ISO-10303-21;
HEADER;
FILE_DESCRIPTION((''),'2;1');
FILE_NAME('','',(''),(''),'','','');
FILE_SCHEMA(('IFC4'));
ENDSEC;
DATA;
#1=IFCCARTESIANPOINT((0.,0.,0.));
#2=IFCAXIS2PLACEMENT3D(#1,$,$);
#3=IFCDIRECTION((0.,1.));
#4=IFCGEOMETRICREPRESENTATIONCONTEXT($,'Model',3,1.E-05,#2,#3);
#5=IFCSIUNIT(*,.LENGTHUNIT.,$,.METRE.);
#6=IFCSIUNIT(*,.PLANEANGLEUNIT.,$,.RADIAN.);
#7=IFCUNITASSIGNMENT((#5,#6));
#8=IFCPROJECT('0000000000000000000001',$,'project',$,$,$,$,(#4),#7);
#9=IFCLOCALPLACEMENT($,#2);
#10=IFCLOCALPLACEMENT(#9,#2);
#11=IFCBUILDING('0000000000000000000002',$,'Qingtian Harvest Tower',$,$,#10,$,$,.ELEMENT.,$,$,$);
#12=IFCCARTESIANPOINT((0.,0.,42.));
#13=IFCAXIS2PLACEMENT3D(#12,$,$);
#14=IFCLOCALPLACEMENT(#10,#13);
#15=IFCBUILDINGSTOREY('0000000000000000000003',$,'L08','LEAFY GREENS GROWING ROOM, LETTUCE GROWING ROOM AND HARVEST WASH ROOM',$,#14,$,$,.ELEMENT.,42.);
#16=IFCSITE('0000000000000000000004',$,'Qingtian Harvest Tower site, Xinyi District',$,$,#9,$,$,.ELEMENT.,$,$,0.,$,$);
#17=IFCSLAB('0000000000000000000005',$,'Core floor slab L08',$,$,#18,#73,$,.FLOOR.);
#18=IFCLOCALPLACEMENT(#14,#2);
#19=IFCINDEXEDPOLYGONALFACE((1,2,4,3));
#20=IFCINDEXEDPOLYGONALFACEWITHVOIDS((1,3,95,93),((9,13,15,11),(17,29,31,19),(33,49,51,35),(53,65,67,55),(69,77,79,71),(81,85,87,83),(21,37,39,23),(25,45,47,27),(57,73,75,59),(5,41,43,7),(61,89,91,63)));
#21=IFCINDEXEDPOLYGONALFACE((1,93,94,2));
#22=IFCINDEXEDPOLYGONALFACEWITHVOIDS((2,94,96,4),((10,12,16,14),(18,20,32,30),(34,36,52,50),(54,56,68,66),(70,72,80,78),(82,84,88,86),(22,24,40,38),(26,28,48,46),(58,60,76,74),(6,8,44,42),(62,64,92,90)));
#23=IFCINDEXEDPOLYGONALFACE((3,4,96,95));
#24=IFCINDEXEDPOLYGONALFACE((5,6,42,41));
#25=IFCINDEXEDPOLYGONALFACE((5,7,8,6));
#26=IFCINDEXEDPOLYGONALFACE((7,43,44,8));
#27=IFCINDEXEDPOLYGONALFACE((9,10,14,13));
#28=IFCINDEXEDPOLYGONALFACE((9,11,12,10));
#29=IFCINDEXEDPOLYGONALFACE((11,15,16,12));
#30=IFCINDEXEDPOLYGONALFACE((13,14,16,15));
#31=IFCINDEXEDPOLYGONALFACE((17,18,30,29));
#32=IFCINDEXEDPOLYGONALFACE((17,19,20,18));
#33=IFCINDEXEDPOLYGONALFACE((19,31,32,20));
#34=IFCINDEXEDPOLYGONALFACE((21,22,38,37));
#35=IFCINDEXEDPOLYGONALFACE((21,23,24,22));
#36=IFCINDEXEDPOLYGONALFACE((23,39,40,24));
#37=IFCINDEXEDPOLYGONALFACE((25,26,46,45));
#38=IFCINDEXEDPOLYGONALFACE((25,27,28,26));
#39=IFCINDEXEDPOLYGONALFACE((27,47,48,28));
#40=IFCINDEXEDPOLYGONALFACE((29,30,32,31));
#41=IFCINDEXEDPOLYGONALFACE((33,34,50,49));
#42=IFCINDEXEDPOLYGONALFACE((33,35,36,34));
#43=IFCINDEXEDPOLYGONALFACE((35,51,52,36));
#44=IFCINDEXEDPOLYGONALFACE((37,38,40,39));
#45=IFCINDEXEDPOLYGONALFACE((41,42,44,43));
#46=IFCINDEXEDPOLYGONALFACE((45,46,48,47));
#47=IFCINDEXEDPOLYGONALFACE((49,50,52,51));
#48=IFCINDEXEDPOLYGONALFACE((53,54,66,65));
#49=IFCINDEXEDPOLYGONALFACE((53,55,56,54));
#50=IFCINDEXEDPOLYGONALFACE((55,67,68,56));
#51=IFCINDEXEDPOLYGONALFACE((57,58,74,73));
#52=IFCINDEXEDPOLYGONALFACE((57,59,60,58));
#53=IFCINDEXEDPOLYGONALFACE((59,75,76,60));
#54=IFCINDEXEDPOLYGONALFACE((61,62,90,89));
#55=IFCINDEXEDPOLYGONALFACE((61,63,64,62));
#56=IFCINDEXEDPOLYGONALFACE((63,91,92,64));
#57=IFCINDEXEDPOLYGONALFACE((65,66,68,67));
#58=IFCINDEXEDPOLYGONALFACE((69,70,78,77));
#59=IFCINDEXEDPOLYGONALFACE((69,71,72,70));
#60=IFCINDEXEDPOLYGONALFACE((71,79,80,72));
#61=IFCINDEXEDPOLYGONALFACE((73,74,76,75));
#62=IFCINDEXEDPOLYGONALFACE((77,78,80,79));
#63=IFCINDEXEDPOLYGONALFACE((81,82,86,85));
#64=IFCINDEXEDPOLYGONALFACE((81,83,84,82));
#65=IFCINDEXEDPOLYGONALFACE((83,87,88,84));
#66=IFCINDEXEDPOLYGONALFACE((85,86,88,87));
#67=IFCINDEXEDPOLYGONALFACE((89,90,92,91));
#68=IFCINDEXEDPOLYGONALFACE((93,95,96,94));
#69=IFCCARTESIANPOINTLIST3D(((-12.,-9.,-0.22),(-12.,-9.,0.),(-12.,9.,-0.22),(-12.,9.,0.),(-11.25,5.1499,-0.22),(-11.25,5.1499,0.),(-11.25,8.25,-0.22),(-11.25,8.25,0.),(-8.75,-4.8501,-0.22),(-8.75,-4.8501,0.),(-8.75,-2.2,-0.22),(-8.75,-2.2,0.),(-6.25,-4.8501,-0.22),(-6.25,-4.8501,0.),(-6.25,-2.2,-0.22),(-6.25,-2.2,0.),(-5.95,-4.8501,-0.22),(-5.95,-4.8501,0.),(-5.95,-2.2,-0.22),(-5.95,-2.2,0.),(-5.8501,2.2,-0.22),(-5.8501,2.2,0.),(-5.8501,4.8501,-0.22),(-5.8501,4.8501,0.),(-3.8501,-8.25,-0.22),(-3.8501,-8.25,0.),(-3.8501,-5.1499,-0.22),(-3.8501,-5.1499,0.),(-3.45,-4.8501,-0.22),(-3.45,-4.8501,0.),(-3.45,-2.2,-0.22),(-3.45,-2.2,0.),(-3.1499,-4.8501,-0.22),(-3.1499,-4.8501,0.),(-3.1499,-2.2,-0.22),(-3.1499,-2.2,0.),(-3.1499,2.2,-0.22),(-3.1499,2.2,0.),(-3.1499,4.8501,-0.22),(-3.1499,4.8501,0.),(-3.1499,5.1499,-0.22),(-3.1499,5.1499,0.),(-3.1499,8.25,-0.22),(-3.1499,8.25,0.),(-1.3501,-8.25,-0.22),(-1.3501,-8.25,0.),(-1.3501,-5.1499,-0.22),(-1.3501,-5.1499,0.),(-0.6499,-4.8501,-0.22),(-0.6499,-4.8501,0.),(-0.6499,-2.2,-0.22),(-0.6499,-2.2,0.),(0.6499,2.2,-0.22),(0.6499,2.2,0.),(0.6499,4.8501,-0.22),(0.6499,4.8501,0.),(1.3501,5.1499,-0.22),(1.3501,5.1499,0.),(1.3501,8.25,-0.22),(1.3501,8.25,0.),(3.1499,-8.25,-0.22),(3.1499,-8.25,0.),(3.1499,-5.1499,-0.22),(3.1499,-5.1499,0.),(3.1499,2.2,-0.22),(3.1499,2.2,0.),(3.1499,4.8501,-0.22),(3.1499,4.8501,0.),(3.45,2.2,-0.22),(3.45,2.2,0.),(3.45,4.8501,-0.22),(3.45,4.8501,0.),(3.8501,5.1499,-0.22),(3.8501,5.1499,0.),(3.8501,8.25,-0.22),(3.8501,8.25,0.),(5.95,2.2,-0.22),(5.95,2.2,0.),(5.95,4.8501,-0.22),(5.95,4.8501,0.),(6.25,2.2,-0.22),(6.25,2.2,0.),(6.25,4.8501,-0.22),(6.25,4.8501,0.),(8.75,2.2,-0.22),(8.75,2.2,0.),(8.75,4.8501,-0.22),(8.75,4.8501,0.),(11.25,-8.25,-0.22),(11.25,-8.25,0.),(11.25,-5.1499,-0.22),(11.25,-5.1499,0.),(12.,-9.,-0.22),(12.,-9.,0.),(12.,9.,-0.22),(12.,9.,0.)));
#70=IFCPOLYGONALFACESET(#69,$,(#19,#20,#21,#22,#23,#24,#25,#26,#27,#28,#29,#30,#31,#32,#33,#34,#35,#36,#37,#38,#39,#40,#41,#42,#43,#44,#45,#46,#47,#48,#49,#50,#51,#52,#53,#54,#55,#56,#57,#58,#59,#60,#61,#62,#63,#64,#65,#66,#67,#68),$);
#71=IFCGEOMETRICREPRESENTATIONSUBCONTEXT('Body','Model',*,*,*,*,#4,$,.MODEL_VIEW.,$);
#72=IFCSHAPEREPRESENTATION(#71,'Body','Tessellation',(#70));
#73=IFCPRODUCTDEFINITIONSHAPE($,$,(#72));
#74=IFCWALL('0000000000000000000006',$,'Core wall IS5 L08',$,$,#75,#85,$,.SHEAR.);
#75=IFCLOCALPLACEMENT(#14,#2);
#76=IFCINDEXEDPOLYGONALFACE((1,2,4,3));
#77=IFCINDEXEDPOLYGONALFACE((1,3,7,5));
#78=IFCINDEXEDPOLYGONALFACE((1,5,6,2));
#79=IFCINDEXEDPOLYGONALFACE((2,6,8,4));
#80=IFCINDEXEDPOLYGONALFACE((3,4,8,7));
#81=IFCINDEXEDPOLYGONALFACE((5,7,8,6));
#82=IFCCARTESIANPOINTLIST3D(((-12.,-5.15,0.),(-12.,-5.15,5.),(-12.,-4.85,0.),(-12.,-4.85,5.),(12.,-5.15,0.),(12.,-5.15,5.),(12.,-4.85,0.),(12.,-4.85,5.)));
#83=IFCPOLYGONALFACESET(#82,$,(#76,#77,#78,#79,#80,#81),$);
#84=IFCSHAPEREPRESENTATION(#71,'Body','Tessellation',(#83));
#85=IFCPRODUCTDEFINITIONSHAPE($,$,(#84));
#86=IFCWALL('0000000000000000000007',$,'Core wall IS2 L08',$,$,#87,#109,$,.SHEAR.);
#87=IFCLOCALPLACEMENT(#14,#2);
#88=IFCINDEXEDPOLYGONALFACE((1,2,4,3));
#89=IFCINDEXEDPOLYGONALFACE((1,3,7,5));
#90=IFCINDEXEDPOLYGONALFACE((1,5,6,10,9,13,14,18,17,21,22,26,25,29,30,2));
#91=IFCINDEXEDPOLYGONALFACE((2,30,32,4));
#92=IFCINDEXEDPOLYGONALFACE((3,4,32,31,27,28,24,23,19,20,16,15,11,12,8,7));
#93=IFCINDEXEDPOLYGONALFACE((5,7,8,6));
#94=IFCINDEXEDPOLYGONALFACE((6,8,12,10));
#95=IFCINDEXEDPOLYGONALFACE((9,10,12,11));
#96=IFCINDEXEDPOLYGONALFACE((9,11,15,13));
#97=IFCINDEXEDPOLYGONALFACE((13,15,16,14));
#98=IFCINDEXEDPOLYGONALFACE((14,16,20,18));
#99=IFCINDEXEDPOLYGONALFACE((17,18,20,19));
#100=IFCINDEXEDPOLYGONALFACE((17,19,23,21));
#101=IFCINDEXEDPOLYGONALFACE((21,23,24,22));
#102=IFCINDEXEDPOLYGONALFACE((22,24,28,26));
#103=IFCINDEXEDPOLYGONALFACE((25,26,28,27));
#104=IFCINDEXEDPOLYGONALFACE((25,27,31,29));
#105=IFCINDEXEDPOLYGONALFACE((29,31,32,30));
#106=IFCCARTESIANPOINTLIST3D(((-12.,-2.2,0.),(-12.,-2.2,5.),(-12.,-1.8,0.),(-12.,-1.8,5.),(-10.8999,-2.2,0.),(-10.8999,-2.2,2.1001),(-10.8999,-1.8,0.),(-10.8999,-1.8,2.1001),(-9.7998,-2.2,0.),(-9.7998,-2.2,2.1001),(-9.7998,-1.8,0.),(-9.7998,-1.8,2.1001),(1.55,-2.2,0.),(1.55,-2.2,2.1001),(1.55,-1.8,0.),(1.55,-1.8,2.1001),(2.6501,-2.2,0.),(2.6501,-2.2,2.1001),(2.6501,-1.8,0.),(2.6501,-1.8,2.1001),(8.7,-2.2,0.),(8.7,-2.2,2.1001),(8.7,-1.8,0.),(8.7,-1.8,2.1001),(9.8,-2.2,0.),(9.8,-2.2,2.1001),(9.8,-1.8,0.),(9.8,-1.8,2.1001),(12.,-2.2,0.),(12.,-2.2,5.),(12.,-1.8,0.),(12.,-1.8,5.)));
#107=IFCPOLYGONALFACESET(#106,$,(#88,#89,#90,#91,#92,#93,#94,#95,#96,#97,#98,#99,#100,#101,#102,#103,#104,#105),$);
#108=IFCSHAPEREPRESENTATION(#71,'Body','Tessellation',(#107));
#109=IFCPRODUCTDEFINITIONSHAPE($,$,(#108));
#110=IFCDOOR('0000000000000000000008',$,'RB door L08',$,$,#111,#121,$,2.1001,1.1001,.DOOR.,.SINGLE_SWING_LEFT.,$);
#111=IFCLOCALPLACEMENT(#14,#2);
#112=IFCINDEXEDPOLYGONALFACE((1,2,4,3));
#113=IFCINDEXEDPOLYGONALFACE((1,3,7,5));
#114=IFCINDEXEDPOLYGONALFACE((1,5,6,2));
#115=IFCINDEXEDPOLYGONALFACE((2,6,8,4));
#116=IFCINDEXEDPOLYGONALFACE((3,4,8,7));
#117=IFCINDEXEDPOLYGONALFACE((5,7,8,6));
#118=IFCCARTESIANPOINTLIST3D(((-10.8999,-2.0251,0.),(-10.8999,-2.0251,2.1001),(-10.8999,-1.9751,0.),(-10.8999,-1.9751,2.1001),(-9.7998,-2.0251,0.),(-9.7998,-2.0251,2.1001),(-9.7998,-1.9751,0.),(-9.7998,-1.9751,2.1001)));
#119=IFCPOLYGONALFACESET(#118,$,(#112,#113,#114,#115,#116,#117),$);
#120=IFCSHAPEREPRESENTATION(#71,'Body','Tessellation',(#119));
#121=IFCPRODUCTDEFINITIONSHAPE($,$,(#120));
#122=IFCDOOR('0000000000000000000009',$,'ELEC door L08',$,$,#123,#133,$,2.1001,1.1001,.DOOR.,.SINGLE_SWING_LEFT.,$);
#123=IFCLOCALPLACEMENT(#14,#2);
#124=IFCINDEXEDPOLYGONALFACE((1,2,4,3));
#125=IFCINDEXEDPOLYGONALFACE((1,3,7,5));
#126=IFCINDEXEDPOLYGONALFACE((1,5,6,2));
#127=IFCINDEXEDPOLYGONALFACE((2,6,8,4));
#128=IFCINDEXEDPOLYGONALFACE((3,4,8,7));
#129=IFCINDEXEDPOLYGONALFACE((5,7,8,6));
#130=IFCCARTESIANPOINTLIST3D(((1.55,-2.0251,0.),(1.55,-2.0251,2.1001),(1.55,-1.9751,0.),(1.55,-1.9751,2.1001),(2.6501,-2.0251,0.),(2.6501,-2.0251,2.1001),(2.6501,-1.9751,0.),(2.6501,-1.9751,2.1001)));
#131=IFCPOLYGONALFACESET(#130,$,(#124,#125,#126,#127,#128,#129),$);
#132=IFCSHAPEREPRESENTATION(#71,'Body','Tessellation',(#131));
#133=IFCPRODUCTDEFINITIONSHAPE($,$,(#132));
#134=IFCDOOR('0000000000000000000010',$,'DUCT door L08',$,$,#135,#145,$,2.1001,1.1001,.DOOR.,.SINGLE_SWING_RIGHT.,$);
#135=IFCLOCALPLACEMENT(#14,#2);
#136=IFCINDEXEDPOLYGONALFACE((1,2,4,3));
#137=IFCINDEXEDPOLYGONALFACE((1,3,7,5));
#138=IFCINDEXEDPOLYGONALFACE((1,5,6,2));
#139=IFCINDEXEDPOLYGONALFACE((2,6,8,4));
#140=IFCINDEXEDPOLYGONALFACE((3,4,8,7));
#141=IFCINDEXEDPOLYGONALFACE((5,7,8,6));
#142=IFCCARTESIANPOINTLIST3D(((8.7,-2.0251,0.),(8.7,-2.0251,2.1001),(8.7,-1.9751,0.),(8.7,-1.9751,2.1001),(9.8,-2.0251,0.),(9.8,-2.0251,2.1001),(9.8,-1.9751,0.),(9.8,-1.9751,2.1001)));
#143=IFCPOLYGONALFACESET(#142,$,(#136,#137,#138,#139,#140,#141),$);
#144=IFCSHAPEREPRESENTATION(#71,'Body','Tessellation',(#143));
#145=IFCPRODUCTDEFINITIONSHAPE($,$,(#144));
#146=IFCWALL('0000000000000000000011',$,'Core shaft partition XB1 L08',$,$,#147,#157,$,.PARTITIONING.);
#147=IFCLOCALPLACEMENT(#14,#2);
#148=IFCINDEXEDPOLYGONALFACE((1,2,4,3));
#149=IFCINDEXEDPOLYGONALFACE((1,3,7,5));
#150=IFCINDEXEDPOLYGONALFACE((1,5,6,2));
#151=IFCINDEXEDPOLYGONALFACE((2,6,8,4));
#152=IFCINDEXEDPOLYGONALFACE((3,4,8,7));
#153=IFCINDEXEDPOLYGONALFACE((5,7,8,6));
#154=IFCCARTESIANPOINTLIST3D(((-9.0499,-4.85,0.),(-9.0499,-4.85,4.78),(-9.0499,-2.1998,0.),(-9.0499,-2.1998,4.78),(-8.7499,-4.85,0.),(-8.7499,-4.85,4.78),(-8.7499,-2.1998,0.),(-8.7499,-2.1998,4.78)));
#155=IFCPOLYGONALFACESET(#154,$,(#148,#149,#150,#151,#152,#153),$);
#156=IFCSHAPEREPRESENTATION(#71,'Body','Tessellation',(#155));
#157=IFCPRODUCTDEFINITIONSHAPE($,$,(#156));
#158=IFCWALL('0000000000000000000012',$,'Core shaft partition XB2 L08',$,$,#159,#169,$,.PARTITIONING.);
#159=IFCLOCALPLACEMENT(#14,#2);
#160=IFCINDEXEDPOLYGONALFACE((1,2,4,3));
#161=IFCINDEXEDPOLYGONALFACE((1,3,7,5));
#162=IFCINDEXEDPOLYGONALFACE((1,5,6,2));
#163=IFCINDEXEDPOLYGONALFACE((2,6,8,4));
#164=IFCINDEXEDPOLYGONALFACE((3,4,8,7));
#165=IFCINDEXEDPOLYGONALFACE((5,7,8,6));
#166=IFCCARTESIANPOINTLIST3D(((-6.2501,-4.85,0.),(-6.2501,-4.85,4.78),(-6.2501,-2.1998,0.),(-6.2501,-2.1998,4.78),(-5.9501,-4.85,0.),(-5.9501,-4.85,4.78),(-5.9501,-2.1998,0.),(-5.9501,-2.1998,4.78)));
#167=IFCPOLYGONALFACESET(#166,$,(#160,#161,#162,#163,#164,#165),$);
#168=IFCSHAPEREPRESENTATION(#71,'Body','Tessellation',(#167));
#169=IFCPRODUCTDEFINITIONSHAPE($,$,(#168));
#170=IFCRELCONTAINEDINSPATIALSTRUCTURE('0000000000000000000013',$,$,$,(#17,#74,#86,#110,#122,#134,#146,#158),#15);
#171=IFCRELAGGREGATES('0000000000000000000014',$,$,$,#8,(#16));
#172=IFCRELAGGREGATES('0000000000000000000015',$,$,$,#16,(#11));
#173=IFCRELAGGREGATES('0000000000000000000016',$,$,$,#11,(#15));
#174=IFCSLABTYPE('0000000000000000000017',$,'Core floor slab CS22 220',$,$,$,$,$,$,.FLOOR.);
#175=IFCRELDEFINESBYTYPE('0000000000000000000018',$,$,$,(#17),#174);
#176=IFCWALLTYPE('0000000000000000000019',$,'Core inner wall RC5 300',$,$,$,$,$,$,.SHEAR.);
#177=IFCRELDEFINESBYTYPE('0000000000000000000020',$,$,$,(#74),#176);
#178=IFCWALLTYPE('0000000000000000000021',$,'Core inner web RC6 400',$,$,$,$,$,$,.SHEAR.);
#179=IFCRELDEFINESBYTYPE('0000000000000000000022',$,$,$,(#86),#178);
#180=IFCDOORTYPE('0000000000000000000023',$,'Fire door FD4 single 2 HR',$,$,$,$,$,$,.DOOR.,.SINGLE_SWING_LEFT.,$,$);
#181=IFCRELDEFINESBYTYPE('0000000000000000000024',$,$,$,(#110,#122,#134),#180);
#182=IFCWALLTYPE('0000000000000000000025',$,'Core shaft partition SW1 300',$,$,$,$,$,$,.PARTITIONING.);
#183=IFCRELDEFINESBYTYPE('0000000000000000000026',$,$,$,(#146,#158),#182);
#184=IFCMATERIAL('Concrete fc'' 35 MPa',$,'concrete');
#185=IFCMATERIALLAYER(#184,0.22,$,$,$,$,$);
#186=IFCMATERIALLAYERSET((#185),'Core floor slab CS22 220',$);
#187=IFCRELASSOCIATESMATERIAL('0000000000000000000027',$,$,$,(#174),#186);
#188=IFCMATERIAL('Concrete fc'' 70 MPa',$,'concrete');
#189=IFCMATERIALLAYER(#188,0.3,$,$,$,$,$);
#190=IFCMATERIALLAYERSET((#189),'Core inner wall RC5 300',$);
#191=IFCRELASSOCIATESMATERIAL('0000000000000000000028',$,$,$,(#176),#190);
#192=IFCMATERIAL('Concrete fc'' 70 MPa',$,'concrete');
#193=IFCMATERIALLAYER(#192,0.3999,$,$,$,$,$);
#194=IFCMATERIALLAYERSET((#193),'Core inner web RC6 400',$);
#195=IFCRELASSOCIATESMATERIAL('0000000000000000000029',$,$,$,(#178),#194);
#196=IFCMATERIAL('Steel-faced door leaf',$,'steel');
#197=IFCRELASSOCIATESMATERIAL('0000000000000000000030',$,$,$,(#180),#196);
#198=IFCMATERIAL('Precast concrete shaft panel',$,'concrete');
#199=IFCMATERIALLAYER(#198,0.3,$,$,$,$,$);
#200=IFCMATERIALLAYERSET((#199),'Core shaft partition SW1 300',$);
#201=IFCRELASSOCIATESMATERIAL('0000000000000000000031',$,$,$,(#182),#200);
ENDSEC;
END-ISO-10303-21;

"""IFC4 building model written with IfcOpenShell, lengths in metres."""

from ifc_helpers import new_model, si_unit, direction, frame, frame_2d, origin, place, context, subcontext, project, spatial, polyline, rectangle, outline, extrude, material, layer, layer_set, type_object, element, fill, save


model = new_model("IFC4")

# Units and contexts
model_context = context("Model", 3, precision=1e-05, world=origin(), true_north=direction((0.0, 1.0)))
body_context = subcontext(model_context, "Body", "Model", "MODEL_VIEW")
ifc_project = project(units=[si_unit("LENGTHUNIT", "METRE"), si_unit("PLANEANGLEUNIT", "RADIAN")], contexts=[model_context])

# Site, building, storey
site_placement = place(None, origin())
site = spatial("IfcSite", under=ifc_project, at=site_placement, Name="Qingtian Harvest Tower site, Xinyi District", CompositionType="ELEMENT", RefElevation=0.0)
building_placement = place(site_placement, origin())
building = spatial("IfcBuilding", under=site, at=building_placement, Name="Qingtian Harvest Tower", CompositionType="ELEMENT")
storey_placement = place(building_placement, frame((0.0, 0.0, 42.0)))
storey = spatial("IfcBuildingStorey", under=building, at=storey_placement, Name="L08", Description="LEAFY GREENS GROWING ROOM, LETTUCE GROWING ROOM AND HARVEST WASH ROOM", CompositionType="ELEMENT", Elevation=42.0)

# Slab
ifc_material_1 = material(Name="Concrete fc' 35 MPa", Category="concrete")
ifc_layer_1 = layer(ifc_material_1, 0.22)
ifc_layer_set_1 = layer_set([ifc_layer_1], Name="Core floor slab CS22 220")
slab_type = type_object("IfcSlabType", Name="Core floor slab CS22 220", PredefinedType="FLOOR", material=ifc_layer_set_1)
slab_placement = place(storey_placement, frame((0.0, 0.0, -0.22)))
element("IfcSlab", 1, at=slab_placement, inside=storey, type_object=slab_type, Name="Core floor slab L08", PredefinedType="FLOOR", context=body_context, shape_type="SweptSolid", body=[
    extrude(outline(polyline([(-12.0, -9.0), (12.0, -9.0), (12.0, 9.0), (-12.0, 9.0), (-12.0, -9.0)]), holes=[polyline([(-11.25, 5.1499), (-3.1499, 5.1499), (-3.1499, 8.25), (-11.25, 8.25), (-11.25, 5.1499)]), polyline([(3.1499, -8.25), (11.25, -8.25), (11.25, -5.1499), (3.1499, -5.1499), (3.1499, -8.25)]), polyline([(1.3501, 5.1499), (3.8501, 5.1499), (3.8501, 8.25), (1.3501, 8.25), (1.3501, 5.1499)]), polyline([(-3.8501, -8.25), (-1.3501, -8.25), (-1.3501, -5.1499), (-3.8501, -5.1499), (-3.8501, -8.25)]), polyline([(-5.8501, 2.2), (-3.1499, 2.2), (-3.1499, 4.8501), (-5.8501, 4.8501), (-5.8501, 2.2)]), polyline([(0.6499, 2.2), (3.1499, 2.2), (3.1499, 4.8501), (0.6499, 4.8501), (0.6499, 2.2)]), polyline([(3.45, 2.2), (5.95, 2.2), (5.95, 4.8501), (3.45, 4.8501), (3.45, 2.2)]), polyline([(6.25, 2.2), (8.75, 2.2), (8.75, 4.8501), (6.25, 4.8501), (6.25, 2.2)]), polyline([(-8.75, -4.8501), (-6.25, -4.8501), (-6.25, -2.2), (-8.75, -2.2), (-8.75, -4.8501)]), polyline([(-5.95, -4.8501), (-3.45, -4.8501), (-3.45, -2.2), (-5.95, -2.2), (-5.95, -4.8501)]), polyline([(-3.1499, -4.8501), (-0.6499, -4.8501), (-0.6499, -2.2), (-3.1499, -2.2), (-3.1499, -4.8501)])]), origin(), (0.0, 0.0, 1.0), 0.22),
])

# Wall
ifc_material_2 = material(Name="Concrete fc' 70 MPa", Category="concrete")
ifc_layer_2 = layer(ifc_material_2, 0.3)
ifc_layer_set_2 = layer_set([ifc_layer_2], Name="Core inner wall RC5 300")
wall_type_1 = type_object("IfcWallType", Name="Core inner wall RC5 300", PredefinedType="SHEAR", material=ifc_layer_set_2)
wall_1_placement = place(storey_placement, frame((-12.0, -5.0, 0.0), z_axis=(0.0, 0.0, 1.0), x_axis=(1.0, 0.0, 0.0)))
element("IfcWall", 2, at=wall_1_placement, inside=storey, type_object=wall_type_1, Name="Core wall IS5 L08", PredefinedType="SHEAR", context=body_context, shape_type="SweptSolid", body=[
    extrude(rectangle(XDim=24.0, YDim=0.3, at=frame_2d((12.0, 0.0))), origin(), (0.0, 0.0, 1.0), 5.0),
])

# Wall, openings, doors
ifc_material_3 = material(Name="Concrete fc' 70 MPa", Category="concrete")
ifc_layer_3 = layer(ifc_material_3, 0.3999)
ifc_layer_set_3 = layer_set([ifc_layer_3], Name="Core inner web RC6 400")
wall_type_2 = type_object("IfcWallType", Name="Core inner web RC6 400", PredefinedType="SHEAR", material=ifc_layer_set_3)
wall_2_placement = place(storey_placement, frame((-12.0, -2.0, 0.0), z_axis=(0.0, 0.0, 1.0), x_axis=(1.0, 0.0, 0.0)))
wall_2 = element("IfcWall", 3, at=wall_2_placement, inside=storey, type_object=wall_type_2, Name="Core wall IS2 L08", PredefinedType="SHEAR", context=body_context, shape_type="SweptSolid", body=[
    extrude(rectangle(XDim=24.0, YDim=0.3999, at=frame_2d((12.0, 0.0))), origin(), (0.0, 0.0, 1.0), 5.0),
])
opening_1_placement = place(wall_2_placement, frame((1.1001, 0.0, 0.0)))
opening_1 = element("IfcOpeningElement", 4, at=opening_1_placement, cuts=wall_2, PredefinedType="OPENING", context=body_context, shape_type="SweptSolid", body=[
    extrude(rectangle(XDim=1.1001, YDim=2.1001, at=frame_2d((0.55, 1.05))), frame((0.0, 0.21, 0.0), z_axis=(0.0, -1.0, 0.0), x_axis=(1.0, 0.0, 0.0)), (0.0, 0.0, 1.0), 0.4199),
])
opening_2_placement = place(wall_2_placement, frame((13.55, 0.0, 0.0)))
opening_2 = element("IfcOpeningElement", 5, at=opening_2_placement, cuts=wall_2, PredefinedType="OPENING", context=body_context, shape_type="SweptSolid", body=[
    extrude(rectangle(XDim=1.1001, YDim=2.1001, at=frame_2d((0.55, 1.05))), frame((0.0, 0.21, 0.0), z_axis=(0.0, -1.0, 0.0), x_axis=(1.0, 0.0, 0.0)), (0.0, 0.0, 1.0), 0.4199),
])
opening_3_placement = place(wall_2_placement, frame((20.7, 0.0, 0.0)))
opening_3 = element("IfcOpeningElement", 6, at=opening_3_placement, cuts=wall_2, PredefinedType="OPENING", context=body_context, shape_type="SweptSolid", body=[
    extrude(rectangle(XDim=1.1001, YDim=2.1001, at=frame_2d((0.55, 1.05))), frame((0.0, 0.21, 0.0), z_axis=(0.0, -1.0, 0.0), x_axis=(1.0, 0.0, 0.0)), (0.0, 0.0, 1.0), 0.4199),
])
ifc_material_4 = material(Name="Steel-faced door leaf", Category="steel")
door_type_1 = type_object("IfcDoorType", Name="Fire door FD4 single 2 HR", OperationType="SINGLE_SWING_LEFT", PredefinedType="DOOR", material=ifc_material_4)
door_1_placement = place(opening_1_placement, origin())
door_1 = element("IfcDoor", 7, at=door_1_placement, inside=storey, type_object=door_type_1, Name="RB door L08", OperationType="SINGLE_SWING_LEFT", OverallHeight=2.1001, OverallWidth=1.1001, PredefinedType="DOOR", context=body_context, shape_type="SweptSolid", body=[
    extrude(rectangle(XDim=1.1001, YDim=2.1001, at=frame_2d((0.55, 1.05))), frame((0.0, 0.0249, 0.0), z_axis=(0.0, -1.0, 0.0), x_axis=(1.0, 0.0, 0.0)), (0.0, 0.0, 1.0), 0.05),
])
fill(opening_1, door_1)
door_2_placement = place(opening_2_placement, origin())
door_2 = element("IfcDoor", 8, at=door_2_placement, inside=storey, type_object=door_type_1, Name="ELEC door L08", OperationType="SINGLE_SWING_LEFT", OverallHeight=2.1001, OverallWidth=1.1001, PredefinedType="DOOR", context=body_context, shape_type="SweptSolid", body=[
    extrude(rectangle(XDim=1.1001, YDim=2.1001, at=frame_2d((0.55, 1.05))), frame((0.0, 0.0249, 0.0), z_axis=(0.0, -1.0, 0.0), x_axis=(1.0, 0.0, 0.0)), (0.0, 0.0, 1.0), 0.05),
])
fill(opening_2, door_2)
door_3_placement = place(opening_3_placement, origin())
door_3 = element("IfcDoor", 9, at=door_3_placement, inside=storey, type_object=door_type_1, Name="DUCT door L08", OperationType="SINGLE_SWING_RIGHT", OverallHeight=2.1001, OverallWidth=1.1001, PredefinedType="DOOR", context=body_context, shape_type="SweptSolid", body=[
    extrude(rectangle(XDim=1.1001, YDim=2.1001, at=frame_2d((0.55, 1.05))), frame((0.0, 0.0249, 0.0), z_axis=(0.0, -1.0, 0.0), x_axis=(1.0, 0.0, 0.0)), (0.0, 0.0, 1.0), 0.05),
])
fill(opening_3, door_3)

# Walls
ifc_material_5 = material(Name="Precast concrete shaft panel", Category="concrete")
ifc_layer_4 = layer(ifc_material_5, 0.3)
ifc_layer_set_4 = layer_set([ifc_layer_4], Name="Core shaft partition SW1 300")
wall_type_3 = type_object("IfcWallType", Name="Core shaft partition SW1 300", PredefinedType="PARTITIONING", material=ifc_layer_set_4)
for number, where, z_axis, x_axis, name in (
    (10, (-8.8999, -4.8501, 0.0), (0.0, 0.0, 1.0), (0.0, 1.0, 0.0), "Core shaft partition XB1 L08"),
    (11, (-6.1001, -4.8501, 0.0), (0.0, 0.0, 1.0), (0.0, 1.0, 0.0), "Core shaft partition XB2 L08"),
):
    element("IfcWall", number, at=place(storey_placement, frame(where, z_axis=z_axis, x_axis=x_axis)), inside=storey, type_object=wall_type_3, Name=name, PredefinedType="PARTITIONING", context=body_context, shape_type="SweptSolid", body=[
        extrude(rectangle(XDim=2.6501, YDim=0.3, at=frame_2d((1.3252, 0.0))), origin(), (0.0, 0.0, 1.0), 4.78),
    ])

save(model, "model.ifc")
